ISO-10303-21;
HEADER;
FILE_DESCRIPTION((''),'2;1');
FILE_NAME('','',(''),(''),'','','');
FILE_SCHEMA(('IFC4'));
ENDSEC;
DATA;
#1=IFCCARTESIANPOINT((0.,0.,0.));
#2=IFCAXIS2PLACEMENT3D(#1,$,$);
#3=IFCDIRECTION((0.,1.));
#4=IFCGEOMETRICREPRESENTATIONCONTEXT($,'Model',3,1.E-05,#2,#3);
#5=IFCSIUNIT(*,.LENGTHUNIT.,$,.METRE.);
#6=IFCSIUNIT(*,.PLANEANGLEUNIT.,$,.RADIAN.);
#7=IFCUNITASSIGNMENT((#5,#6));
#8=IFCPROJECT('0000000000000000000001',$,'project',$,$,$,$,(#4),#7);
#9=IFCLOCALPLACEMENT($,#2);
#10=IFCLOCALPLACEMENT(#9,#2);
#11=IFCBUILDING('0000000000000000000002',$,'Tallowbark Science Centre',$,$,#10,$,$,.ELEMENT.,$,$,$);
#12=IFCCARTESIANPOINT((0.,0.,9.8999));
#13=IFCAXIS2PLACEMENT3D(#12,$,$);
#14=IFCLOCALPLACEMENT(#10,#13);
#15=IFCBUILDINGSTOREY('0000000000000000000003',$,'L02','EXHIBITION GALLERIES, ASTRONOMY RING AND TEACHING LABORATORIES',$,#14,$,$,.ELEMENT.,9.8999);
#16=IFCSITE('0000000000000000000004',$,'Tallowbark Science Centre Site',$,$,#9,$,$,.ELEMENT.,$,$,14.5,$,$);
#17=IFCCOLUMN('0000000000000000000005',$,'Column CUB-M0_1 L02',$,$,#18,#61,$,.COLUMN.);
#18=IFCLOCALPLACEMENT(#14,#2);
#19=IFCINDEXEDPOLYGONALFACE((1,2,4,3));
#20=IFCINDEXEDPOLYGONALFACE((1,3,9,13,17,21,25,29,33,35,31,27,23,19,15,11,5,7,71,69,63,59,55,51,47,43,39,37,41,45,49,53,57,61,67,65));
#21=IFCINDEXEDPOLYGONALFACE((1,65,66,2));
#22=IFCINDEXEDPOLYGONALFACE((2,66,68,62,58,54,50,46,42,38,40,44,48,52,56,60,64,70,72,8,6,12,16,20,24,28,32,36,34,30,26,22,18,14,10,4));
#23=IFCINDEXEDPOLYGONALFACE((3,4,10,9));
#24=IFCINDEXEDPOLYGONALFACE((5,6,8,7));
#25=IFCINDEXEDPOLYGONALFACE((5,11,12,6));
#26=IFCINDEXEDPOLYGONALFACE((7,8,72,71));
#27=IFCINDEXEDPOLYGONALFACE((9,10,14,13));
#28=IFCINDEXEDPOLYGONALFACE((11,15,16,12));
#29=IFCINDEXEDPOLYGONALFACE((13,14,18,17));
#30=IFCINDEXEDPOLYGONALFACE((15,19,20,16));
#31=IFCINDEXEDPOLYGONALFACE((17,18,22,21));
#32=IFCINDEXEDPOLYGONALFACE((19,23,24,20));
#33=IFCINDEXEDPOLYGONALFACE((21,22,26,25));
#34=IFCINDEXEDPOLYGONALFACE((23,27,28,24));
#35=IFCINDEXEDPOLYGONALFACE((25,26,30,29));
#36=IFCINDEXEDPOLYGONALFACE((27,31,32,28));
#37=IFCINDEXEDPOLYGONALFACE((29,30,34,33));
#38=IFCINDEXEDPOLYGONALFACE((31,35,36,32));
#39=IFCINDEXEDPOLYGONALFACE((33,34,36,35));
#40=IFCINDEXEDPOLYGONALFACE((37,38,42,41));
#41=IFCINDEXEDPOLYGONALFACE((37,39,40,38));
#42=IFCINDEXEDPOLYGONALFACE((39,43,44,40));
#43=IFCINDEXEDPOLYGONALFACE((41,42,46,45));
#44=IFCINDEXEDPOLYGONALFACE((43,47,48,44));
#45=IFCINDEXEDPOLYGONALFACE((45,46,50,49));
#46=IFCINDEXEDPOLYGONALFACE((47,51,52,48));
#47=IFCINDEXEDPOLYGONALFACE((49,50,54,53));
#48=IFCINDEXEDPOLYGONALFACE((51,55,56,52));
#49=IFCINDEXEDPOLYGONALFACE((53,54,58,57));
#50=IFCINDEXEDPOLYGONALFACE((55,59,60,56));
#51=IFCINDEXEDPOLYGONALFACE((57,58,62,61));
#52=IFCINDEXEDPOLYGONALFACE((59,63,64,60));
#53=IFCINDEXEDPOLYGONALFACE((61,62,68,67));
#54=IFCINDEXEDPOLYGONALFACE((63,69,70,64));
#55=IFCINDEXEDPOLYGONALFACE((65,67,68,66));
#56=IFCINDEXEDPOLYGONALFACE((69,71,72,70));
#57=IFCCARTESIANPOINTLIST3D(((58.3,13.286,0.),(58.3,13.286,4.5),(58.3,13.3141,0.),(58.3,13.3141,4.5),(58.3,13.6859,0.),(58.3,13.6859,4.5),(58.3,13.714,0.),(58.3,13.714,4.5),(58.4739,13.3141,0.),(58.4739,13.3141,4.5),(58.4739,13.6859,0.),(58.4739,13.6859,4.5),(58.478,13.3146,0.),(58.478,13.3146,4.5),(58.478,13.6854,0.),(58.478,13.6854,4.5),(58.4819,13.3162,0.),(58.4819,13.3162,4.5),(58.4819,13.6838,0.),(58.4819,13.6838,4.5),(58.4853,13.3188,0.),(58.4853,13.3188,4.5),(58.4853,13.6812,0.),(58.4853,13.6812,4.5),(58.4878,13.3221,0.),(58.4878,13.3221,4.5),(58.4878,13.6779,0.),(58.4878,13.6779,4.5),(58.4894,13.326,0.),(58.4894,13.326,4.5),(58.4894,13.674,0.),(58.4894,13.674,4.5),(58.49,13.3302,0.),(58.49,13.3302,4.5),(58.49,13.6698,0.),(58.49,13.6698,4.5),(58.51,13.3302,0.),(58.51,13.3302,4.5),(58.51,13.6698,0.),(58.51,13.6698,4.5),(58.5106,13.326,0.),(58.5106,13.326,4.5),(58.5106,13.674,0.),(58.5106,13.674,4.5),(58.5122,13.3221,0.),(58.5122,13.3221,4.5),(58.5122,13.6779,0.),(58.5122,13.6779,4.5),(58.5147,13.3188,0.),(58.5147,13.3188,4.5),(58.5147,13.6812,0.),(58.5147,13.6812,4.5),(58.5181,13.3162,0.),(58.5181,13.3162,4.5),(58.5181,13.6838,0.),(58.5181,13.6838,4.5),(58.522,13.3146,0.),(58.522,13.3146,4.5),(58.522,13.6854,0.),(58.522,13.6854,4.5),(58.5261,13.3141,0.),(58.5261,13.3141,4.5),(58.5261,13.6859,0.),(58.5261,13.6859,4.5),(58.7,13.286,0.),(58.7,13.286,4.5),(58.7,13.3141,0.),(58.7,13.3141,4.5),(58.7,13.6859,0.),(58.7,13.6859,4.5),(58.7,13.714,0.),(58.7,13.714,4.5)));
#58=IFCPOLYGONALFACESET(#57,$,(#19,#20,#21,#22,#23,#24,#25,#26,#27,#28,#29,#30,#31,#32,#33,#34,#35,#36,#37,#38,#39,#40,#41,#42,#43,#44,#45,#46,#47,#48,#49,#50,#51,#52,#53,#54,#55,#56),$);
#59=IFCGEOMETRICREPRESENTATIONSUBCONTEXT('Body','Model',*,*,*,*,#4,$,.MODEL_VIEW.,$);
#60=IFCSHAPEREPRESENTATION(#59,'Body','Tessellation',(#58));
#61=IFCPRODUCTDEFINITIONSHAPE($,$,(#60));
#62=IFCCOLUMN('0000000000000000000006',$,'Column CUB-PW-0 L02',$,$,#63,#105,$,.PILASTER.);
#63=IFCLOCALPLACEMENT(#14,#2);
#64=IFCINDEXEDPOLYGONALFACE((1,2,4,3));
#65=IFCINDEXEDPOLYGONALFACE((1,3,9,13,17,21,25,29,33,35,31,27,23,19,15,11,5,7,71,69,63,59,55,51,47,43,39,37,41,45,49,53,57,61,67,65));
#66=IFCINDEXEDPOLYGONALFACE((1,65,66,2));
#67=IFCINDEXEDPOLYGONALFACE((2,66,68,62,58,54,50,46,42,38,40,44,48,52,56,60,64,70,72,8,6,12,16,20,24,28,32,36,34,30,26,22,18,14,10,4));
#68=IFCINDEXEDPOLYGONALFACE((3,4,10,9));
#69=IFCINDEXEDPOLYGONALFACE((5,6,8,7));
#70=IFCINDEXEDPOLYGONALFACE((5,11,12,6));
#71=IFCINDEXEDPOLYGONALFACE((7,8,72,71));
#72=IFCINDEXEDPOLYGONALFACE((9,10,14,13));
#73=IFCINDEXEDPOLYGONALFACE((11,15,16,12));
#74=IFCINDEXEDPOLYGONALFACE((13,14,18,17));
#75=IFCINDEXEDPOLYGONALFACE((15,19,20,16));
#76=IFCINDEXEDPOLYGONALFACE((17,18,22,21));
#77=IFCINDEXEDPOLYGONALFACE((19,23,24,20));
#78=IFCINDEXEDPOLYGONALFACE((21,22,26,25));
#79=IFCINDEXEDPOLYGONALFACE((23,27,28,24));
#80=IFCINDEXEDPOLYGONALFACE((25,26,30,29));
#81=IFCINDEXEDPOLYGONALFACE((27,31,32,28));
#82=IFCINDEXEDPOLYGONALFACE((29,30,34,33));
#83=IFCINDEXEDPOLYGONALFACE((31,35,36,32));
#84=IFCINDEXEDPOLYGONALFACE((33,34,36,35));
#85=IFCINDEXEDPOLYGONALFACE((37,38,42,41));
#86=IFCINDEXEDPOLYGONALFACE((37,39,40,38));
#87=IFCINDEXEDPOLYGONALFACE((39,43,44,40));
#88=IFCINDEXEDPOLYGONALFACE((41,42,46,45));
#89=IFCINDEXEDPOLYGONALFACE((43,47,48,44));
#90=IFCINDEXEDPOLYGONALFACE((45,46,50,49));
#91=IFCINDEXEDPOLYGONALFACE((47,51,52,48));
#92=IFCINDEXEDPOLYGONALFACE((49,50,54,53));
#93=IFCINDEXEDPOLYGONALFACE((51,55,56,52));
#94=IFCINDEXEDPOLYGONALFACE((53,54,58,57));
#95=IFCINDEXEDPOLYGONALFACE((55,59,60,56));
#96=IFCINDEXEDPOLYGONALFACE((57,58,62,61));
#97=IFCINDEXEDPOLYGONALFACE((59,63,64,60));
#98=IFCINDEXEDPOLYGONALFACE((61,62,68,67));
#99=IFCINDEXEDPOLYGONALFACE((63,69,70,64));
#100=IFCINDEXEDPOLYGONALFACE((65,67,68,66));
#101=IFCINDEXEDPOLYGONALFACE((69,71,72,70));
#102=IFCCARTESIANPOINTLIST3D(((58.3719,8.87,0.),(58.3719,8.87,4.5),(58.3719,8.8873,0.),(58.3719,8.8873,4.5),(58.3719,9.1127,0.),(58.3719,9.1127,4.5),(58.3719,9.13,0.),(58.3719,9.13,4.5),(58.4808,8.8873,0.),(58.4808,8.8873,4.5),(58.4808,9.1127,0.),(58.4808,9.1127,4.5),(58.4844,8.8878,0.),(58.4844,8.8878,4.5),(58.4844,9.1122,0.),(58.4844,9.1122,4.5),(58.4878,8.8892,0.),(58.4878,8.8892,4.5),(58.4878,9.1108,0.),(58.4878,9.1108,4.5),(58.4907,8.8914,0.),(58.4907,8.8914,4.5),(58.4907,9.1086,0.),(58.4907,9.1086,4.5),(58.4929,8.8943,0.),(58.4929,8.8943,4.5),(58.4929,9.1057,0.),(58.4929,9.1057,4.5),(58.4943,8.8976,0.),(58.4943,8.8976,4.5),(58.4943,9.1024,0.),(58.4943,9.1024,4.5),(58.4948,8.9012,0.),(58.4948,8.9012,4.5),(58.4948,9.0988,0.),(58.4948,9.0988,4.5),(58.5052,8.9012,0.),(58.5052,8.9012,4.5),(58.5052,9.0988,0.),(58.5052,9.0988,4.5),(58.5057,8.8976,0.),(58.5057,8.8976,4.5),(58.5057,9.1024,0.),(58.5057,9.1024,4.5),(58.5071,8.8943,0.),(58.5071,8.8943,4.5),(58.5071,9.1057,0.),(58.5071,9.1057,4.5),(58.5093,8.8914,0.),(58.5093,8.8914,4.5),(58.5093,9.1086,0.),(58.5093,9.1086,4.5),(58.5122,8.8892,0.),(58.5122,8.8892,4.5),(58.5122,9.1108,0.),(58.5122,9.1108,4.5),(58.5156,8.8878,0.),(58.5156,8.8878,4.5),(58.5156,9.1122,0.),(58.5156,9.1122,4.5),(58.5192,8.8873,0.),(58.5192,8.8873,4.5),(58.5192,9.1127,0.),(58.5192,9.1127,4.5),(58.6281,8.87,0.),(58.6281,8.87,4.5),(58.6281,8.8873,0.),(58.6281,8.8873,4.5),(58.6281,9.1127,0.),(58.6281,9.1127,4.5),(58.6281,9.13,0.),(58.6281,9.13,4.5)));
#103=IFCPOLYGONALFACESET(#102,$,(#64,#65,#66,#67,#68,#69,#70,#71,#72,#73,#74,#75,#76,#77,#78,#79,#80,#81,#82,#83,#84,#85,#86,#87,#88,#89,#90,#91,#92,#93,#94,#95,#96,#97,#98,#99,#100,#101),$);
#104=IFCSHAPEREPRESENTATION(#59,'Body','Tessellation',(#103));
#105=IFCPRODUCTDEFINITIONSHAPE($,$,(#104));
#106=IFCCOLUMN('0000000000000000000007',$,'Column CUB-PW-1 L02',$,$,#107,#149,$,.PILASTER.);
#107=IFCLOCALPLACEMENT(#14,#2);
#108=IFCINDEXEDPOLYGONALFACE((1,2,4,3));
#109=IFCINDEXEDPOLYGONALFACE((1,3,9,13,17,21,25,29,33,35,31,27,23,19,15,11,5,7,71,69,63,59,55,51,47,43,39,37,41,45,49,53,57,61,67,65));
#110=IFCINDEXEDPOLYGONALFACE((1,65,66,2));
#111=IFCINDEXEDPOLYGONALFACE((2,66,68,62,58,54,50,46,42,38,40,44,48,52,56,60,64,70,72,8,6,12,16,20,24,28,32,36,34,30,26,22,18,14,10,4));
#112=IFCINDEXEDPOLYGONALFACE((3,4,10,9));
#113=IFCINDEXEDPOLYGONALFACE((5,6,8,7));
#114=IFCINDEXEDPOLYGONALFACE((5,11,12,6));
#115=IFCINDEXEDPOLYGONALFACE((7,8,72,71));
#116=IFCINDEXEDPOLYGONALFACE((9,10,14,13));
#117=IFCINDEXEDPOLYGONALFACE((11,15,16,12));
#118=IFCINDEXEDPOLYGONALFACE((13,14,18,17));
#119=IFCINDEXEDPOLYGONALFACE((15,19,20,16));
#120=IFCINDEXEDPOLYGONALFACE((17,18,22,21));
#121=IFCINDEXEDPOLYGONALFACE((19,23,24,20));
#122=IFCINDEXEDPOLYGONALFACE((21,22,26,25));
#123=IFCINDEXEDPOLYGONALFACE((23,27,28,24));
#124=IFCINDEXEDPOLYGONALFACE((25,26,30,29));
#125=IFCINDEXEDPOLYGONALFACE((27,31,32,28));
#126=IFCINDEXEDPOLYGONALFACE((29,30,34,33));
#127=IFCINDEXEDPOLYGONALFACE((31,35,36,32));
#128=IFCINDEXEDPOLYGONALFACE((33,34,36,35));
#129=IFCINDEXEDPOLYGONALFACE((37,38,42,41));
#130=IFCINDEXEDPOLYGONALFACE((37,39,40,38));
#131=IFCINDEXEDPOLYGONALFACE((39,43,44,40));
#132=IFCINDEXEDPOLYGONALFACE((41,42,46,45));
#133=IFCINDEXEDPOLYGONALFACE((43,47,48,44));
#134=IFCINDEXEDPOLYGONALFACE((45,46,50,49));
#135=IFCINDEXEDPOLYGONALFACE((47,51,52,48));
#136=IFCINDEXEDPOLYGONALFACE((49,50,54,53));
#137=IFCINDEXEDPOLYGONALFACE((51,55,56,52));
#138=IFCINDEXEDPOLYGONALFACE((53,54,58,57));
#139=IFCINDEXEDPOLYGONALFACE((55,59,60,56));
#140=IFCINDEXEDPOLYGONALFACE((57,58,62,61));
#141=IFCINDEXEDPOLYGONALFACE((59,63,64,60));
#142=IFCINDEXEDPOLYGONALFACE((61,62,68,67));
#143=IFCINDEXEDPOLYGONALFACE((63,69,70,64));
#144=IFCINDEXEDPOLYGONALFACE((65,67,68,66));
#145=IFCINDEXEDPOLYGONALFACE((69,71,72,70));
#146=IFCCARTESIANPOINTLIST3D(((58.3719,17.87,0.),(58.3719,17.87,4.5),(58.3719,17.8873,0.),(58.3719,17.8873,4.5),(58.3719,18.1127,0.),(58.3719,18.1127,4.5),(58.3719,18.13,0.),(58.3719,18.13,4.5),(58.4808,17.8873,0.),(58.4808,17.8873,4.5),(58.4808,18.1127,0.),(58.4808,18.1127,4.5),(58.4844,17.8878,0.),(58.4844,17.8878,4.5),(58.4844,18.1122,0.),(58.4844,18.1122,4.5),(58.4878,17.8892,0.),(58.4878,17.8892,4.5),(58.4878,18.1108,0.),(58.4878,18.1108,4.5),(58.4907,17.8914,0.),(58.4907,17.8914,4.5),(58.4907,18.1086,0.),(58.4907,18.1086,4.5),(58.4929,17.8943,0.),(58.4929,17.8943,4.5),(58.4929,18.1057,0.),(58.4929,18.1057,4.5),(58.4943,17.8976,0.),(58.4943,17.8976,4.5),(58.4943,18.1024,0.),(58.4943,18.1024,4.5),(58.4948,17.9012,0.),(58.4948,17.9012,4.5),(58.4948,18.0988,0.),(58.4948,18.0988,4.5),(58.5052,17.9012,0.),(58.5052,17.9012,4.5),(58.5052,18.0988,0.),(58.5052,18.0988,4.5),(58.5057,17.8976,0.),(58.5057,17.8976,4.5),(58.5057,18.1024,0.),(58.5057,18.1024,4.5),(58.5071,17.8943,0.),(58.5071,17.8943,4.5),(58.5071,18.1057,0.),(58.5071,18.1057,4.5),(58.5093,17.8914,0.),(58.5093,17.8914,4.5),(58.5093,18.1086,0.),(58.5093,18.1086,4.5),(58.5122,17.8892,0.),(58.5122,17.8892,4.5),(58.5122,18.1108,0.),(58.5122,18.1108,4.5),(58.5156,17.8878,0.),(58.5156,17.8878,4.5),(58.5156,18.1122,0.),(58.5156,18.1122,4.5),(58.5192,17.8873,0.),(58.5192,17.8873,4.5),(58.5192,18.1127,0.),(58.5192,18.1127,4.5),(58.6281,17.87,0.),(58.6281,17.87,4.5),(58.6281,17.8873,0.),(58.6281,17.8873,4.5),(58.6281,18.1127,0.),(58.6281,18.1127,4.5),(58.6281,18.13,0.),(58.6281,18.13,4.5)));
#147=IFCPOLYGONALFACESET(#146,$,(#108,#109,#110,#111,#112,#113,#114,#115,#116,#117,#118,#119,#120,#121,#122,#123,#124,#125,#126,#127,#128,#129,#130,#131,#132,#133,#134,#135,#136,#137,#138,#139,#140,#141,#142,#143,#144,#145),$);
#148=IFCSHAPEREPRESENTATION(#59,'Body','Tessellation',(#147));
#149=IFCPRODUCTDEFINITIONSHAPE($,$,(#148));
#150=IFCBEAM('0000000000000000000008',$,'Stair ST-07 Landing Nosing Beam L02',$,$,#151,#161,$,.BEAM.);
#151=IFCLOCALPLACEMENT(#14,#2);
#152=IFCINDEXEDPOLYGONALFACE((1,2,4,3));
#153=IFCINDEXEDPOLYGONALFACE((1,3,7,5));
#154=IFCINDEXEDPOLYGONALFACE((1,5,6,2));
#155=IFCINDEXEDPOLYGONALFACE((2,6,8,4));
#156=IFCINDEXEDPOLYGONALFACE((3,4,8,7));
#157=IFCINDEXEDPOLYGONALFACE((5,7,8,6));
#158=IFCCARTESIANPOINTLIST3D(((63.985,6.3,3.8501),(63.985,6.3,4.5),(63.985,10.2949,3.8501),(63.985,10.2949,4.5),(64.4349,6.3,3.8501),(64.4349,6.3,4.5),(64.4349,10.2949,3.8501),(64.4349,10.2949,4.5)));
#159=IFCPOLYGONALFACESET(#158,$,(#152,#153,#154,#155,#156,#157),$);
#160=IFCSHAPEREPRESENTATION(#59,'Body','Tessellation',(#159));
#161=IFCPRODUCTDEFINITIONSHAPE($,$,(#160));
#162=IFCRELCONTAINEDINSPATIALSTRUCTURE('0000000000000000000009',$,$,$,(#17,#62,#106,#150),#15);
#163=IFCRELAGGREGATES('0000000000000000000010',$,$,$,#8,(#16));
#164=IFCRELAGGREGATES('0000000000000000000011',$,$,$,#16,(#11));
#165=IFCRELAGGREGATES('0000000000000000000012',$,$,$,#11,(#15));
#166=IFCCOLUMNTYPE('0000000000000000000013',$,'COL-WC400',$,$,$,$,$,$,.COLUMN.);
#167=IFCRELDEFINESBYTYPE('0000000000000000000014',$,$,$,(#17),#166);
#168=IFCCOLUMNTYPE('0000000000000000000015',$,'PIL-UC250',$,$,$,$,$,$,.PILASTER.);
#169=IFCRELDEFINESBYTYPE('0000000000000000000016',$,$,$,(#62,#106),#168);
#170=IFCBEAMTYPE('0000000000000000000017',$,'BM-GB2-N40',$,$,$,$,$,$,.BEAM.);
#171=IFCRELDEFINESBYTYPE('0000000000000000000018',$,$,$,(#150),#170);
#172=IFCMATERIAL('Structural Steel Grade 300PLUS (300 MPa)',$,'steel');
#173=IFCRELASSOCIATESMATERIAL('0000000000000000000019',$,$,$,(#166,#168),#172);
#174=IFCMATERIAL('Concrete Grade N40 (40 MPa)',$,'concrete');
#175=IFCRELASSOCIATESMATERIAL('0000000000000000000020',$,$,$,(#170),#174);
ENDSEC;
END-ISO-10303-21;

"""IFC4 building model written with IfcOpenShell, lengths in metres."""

from ifc_helpers import new_model, si_unit, direction, frame, origin, origin_2d, place, context, subcontext, project, spatial, rectangle, i_section, extrude, material, material_profile, profile_set, type_object, element, save


model = new_model("IFC4")

# Units and contexts
model_context = context("Model", 3, precision=1e-05, world=origin(), true_north=direction((0.0, 1.0)))
body_context = subcontext(model_context, "Body", "Model", "MODEL_VIEW")
ifc_project = project(units=[si_unit("LENGTHUNIT", "METRE"), si_unit("PLANEANGLEUNIT", "RADIAN")], contexts=[model_context])

# Site, building, storey
site_placement = place(None, origin())
site = spatial("IfcSite", under=ifc_project, at=site_placement, Name="Tallowbark Science Centre Site", CompositionType="ELEMENT", RefElevation=14.5)
building_placement = place(site_placement, origin())
building = spatial("IfcBuilding", under=site, at=building_placement, Name="Tallowbark Science Centre", CompositionType="ELEMENT")
storey_placement = place(building_placement, frame((0.0, 0.0, 9.8999)))
storey = spatial("IfcBuildingStorey", under=building, at=storey_placement, Name="L02", Description="EXHIBITION GALLERIES, ASTRONOMY RING AND TEACHING LABORATORIES", CompositionType="ELEMENT", Elevation=9.8999)

# Columns
ifc_material_1 = material(Name="Structural Steel Grade 300PLUS (300 MPa)", Category="steel")
ifc_material_profile_1 = material_profile(ifc_material_1, i_section(OverallWidth=0.3999, OverallDepth=0.428, WebThickness=0.02, FlangeThickness=0.0281, FilletRadius=0.0161, at=origin_2d()), Name="400WC270")
ifc_profile_set_1 = profile_set([ifc_material_profile_1], Name="Structural Steel Grade 300PLUS (300 MPa)")
column_type_1 = type_object("IfcColumnType", Name="COL-WC400", PredefinedType="COLUMN", material=ifc_profile_set_1)
column_placement = place(storey_placement, frame((58.5, 13.5, 0.0), z_axis=(0.0, 0.0, 1.0), x_axis=(1.0, 0.0, 0.0)))
element("IfcColumn", 1, at=column_placement, inside=storey, type_object=column_type_1, Name="Column CUB-M0_1 L02", PredefinedType="COLUMN", context=body_context, shape_type="SweptSolid", body=[
    extrude(i_section(OverallWidth=0.3999, OverallDepth=0.428, WebThickness=0.02, FlangeThickness=0.0281, FilletRadius=0.0161, at=origin_2d()), origin(), (0.0, 0.0, 1.0), 4.5),
])
ifc_material_profile_2 = material_profile(ifc_material_1, i_section(OverallWidth=0.2561, OverallDepth=0.26, WebThickness=0.0105, FlangeThickness=0.0173, FilletRadius=0.0139, at=origin_2d()), Name="250UC89.5")
ifc_profile_set_2 = profile_set([ifc_material_profile_2], Name="Structural Steel Grade 300PLUS (300 MPa)")
column_type_2 = type_object("IfcColumnType", Name="PIL-UC250", PredefinedType="PILASTER", material=ifc_profile_set_2)
for number, where, z_axis, x_axis, name in (
    (2, (58.5, 9.0, 0.0), (0.0, 0.0, 1.0), (1.0, 0.0, 0.0), "Column CUB-PW-0 L02"),
    (3, (58.5, 18.0, 0.0), (0.0, 0.0, 1.0), (1.0, 0.0, 0.0), "Column CUB-PW-1 L02"),
):
    element("IfcColumn", number, at=place(storey_placement, frame(where, z_axis=z_axis, x_axis=x_axis)), inside=storey, type_object=column_type_2, Name=name, PredefinedType="PILASTER", context=body_context, shape_type="SweptSolid", body=[
        extrude(i_section(OverallWidth=0.2561, OverallDepth=0.26, WebThickness=0.0105, FlangeThickness=0.0173, FilletRadius=0.0139, at=origin_2d()), origin(), (0.0, 0.0, 1.0), 4.5),
    ])

# Beam
ifc_material_2 = material(Name="Concrete Grade N40 (40 MPa)", Category="concrete")
ifc_material_profile_3 = material_profile(ifc_material_2, rectangle(XDim=0.45, YDim=0.6499, at=origin_2d()), Name="RC450x650")
ifc_profile_set_3 = profile_set([ifc_material_profile_3], Name="Concrete Grade N40 (40 MPa)")
beam_type_1 = type_object("IfcBeamType", Name="BM-GB2-N40", PredefinedType="BEAM", material=ifc_profile_set_3)
beam_1_placement = place(storey_placement, frame((64.21, 6.3, 4.175), z_axis=(0.0, 1.0, 0.0), x_axis=(-1.0, 0.0, 0.0)))
element("IfcBeam", 4, at=beam_1_placement, inside=storey, type_object=beam_type_1, Name="Stair ST-07 Landing Nosing Beam L02", PredefinedType="BEAM", context=body_context, shape_type="SweptSolid", body=[
    extrude(rectangle(XDim=0.45, YDim=0.6499, at=origin_2d()), origin(), (0.0, 0.0, 1.0), 3.9949),
])

save(model, "model.ifc")
